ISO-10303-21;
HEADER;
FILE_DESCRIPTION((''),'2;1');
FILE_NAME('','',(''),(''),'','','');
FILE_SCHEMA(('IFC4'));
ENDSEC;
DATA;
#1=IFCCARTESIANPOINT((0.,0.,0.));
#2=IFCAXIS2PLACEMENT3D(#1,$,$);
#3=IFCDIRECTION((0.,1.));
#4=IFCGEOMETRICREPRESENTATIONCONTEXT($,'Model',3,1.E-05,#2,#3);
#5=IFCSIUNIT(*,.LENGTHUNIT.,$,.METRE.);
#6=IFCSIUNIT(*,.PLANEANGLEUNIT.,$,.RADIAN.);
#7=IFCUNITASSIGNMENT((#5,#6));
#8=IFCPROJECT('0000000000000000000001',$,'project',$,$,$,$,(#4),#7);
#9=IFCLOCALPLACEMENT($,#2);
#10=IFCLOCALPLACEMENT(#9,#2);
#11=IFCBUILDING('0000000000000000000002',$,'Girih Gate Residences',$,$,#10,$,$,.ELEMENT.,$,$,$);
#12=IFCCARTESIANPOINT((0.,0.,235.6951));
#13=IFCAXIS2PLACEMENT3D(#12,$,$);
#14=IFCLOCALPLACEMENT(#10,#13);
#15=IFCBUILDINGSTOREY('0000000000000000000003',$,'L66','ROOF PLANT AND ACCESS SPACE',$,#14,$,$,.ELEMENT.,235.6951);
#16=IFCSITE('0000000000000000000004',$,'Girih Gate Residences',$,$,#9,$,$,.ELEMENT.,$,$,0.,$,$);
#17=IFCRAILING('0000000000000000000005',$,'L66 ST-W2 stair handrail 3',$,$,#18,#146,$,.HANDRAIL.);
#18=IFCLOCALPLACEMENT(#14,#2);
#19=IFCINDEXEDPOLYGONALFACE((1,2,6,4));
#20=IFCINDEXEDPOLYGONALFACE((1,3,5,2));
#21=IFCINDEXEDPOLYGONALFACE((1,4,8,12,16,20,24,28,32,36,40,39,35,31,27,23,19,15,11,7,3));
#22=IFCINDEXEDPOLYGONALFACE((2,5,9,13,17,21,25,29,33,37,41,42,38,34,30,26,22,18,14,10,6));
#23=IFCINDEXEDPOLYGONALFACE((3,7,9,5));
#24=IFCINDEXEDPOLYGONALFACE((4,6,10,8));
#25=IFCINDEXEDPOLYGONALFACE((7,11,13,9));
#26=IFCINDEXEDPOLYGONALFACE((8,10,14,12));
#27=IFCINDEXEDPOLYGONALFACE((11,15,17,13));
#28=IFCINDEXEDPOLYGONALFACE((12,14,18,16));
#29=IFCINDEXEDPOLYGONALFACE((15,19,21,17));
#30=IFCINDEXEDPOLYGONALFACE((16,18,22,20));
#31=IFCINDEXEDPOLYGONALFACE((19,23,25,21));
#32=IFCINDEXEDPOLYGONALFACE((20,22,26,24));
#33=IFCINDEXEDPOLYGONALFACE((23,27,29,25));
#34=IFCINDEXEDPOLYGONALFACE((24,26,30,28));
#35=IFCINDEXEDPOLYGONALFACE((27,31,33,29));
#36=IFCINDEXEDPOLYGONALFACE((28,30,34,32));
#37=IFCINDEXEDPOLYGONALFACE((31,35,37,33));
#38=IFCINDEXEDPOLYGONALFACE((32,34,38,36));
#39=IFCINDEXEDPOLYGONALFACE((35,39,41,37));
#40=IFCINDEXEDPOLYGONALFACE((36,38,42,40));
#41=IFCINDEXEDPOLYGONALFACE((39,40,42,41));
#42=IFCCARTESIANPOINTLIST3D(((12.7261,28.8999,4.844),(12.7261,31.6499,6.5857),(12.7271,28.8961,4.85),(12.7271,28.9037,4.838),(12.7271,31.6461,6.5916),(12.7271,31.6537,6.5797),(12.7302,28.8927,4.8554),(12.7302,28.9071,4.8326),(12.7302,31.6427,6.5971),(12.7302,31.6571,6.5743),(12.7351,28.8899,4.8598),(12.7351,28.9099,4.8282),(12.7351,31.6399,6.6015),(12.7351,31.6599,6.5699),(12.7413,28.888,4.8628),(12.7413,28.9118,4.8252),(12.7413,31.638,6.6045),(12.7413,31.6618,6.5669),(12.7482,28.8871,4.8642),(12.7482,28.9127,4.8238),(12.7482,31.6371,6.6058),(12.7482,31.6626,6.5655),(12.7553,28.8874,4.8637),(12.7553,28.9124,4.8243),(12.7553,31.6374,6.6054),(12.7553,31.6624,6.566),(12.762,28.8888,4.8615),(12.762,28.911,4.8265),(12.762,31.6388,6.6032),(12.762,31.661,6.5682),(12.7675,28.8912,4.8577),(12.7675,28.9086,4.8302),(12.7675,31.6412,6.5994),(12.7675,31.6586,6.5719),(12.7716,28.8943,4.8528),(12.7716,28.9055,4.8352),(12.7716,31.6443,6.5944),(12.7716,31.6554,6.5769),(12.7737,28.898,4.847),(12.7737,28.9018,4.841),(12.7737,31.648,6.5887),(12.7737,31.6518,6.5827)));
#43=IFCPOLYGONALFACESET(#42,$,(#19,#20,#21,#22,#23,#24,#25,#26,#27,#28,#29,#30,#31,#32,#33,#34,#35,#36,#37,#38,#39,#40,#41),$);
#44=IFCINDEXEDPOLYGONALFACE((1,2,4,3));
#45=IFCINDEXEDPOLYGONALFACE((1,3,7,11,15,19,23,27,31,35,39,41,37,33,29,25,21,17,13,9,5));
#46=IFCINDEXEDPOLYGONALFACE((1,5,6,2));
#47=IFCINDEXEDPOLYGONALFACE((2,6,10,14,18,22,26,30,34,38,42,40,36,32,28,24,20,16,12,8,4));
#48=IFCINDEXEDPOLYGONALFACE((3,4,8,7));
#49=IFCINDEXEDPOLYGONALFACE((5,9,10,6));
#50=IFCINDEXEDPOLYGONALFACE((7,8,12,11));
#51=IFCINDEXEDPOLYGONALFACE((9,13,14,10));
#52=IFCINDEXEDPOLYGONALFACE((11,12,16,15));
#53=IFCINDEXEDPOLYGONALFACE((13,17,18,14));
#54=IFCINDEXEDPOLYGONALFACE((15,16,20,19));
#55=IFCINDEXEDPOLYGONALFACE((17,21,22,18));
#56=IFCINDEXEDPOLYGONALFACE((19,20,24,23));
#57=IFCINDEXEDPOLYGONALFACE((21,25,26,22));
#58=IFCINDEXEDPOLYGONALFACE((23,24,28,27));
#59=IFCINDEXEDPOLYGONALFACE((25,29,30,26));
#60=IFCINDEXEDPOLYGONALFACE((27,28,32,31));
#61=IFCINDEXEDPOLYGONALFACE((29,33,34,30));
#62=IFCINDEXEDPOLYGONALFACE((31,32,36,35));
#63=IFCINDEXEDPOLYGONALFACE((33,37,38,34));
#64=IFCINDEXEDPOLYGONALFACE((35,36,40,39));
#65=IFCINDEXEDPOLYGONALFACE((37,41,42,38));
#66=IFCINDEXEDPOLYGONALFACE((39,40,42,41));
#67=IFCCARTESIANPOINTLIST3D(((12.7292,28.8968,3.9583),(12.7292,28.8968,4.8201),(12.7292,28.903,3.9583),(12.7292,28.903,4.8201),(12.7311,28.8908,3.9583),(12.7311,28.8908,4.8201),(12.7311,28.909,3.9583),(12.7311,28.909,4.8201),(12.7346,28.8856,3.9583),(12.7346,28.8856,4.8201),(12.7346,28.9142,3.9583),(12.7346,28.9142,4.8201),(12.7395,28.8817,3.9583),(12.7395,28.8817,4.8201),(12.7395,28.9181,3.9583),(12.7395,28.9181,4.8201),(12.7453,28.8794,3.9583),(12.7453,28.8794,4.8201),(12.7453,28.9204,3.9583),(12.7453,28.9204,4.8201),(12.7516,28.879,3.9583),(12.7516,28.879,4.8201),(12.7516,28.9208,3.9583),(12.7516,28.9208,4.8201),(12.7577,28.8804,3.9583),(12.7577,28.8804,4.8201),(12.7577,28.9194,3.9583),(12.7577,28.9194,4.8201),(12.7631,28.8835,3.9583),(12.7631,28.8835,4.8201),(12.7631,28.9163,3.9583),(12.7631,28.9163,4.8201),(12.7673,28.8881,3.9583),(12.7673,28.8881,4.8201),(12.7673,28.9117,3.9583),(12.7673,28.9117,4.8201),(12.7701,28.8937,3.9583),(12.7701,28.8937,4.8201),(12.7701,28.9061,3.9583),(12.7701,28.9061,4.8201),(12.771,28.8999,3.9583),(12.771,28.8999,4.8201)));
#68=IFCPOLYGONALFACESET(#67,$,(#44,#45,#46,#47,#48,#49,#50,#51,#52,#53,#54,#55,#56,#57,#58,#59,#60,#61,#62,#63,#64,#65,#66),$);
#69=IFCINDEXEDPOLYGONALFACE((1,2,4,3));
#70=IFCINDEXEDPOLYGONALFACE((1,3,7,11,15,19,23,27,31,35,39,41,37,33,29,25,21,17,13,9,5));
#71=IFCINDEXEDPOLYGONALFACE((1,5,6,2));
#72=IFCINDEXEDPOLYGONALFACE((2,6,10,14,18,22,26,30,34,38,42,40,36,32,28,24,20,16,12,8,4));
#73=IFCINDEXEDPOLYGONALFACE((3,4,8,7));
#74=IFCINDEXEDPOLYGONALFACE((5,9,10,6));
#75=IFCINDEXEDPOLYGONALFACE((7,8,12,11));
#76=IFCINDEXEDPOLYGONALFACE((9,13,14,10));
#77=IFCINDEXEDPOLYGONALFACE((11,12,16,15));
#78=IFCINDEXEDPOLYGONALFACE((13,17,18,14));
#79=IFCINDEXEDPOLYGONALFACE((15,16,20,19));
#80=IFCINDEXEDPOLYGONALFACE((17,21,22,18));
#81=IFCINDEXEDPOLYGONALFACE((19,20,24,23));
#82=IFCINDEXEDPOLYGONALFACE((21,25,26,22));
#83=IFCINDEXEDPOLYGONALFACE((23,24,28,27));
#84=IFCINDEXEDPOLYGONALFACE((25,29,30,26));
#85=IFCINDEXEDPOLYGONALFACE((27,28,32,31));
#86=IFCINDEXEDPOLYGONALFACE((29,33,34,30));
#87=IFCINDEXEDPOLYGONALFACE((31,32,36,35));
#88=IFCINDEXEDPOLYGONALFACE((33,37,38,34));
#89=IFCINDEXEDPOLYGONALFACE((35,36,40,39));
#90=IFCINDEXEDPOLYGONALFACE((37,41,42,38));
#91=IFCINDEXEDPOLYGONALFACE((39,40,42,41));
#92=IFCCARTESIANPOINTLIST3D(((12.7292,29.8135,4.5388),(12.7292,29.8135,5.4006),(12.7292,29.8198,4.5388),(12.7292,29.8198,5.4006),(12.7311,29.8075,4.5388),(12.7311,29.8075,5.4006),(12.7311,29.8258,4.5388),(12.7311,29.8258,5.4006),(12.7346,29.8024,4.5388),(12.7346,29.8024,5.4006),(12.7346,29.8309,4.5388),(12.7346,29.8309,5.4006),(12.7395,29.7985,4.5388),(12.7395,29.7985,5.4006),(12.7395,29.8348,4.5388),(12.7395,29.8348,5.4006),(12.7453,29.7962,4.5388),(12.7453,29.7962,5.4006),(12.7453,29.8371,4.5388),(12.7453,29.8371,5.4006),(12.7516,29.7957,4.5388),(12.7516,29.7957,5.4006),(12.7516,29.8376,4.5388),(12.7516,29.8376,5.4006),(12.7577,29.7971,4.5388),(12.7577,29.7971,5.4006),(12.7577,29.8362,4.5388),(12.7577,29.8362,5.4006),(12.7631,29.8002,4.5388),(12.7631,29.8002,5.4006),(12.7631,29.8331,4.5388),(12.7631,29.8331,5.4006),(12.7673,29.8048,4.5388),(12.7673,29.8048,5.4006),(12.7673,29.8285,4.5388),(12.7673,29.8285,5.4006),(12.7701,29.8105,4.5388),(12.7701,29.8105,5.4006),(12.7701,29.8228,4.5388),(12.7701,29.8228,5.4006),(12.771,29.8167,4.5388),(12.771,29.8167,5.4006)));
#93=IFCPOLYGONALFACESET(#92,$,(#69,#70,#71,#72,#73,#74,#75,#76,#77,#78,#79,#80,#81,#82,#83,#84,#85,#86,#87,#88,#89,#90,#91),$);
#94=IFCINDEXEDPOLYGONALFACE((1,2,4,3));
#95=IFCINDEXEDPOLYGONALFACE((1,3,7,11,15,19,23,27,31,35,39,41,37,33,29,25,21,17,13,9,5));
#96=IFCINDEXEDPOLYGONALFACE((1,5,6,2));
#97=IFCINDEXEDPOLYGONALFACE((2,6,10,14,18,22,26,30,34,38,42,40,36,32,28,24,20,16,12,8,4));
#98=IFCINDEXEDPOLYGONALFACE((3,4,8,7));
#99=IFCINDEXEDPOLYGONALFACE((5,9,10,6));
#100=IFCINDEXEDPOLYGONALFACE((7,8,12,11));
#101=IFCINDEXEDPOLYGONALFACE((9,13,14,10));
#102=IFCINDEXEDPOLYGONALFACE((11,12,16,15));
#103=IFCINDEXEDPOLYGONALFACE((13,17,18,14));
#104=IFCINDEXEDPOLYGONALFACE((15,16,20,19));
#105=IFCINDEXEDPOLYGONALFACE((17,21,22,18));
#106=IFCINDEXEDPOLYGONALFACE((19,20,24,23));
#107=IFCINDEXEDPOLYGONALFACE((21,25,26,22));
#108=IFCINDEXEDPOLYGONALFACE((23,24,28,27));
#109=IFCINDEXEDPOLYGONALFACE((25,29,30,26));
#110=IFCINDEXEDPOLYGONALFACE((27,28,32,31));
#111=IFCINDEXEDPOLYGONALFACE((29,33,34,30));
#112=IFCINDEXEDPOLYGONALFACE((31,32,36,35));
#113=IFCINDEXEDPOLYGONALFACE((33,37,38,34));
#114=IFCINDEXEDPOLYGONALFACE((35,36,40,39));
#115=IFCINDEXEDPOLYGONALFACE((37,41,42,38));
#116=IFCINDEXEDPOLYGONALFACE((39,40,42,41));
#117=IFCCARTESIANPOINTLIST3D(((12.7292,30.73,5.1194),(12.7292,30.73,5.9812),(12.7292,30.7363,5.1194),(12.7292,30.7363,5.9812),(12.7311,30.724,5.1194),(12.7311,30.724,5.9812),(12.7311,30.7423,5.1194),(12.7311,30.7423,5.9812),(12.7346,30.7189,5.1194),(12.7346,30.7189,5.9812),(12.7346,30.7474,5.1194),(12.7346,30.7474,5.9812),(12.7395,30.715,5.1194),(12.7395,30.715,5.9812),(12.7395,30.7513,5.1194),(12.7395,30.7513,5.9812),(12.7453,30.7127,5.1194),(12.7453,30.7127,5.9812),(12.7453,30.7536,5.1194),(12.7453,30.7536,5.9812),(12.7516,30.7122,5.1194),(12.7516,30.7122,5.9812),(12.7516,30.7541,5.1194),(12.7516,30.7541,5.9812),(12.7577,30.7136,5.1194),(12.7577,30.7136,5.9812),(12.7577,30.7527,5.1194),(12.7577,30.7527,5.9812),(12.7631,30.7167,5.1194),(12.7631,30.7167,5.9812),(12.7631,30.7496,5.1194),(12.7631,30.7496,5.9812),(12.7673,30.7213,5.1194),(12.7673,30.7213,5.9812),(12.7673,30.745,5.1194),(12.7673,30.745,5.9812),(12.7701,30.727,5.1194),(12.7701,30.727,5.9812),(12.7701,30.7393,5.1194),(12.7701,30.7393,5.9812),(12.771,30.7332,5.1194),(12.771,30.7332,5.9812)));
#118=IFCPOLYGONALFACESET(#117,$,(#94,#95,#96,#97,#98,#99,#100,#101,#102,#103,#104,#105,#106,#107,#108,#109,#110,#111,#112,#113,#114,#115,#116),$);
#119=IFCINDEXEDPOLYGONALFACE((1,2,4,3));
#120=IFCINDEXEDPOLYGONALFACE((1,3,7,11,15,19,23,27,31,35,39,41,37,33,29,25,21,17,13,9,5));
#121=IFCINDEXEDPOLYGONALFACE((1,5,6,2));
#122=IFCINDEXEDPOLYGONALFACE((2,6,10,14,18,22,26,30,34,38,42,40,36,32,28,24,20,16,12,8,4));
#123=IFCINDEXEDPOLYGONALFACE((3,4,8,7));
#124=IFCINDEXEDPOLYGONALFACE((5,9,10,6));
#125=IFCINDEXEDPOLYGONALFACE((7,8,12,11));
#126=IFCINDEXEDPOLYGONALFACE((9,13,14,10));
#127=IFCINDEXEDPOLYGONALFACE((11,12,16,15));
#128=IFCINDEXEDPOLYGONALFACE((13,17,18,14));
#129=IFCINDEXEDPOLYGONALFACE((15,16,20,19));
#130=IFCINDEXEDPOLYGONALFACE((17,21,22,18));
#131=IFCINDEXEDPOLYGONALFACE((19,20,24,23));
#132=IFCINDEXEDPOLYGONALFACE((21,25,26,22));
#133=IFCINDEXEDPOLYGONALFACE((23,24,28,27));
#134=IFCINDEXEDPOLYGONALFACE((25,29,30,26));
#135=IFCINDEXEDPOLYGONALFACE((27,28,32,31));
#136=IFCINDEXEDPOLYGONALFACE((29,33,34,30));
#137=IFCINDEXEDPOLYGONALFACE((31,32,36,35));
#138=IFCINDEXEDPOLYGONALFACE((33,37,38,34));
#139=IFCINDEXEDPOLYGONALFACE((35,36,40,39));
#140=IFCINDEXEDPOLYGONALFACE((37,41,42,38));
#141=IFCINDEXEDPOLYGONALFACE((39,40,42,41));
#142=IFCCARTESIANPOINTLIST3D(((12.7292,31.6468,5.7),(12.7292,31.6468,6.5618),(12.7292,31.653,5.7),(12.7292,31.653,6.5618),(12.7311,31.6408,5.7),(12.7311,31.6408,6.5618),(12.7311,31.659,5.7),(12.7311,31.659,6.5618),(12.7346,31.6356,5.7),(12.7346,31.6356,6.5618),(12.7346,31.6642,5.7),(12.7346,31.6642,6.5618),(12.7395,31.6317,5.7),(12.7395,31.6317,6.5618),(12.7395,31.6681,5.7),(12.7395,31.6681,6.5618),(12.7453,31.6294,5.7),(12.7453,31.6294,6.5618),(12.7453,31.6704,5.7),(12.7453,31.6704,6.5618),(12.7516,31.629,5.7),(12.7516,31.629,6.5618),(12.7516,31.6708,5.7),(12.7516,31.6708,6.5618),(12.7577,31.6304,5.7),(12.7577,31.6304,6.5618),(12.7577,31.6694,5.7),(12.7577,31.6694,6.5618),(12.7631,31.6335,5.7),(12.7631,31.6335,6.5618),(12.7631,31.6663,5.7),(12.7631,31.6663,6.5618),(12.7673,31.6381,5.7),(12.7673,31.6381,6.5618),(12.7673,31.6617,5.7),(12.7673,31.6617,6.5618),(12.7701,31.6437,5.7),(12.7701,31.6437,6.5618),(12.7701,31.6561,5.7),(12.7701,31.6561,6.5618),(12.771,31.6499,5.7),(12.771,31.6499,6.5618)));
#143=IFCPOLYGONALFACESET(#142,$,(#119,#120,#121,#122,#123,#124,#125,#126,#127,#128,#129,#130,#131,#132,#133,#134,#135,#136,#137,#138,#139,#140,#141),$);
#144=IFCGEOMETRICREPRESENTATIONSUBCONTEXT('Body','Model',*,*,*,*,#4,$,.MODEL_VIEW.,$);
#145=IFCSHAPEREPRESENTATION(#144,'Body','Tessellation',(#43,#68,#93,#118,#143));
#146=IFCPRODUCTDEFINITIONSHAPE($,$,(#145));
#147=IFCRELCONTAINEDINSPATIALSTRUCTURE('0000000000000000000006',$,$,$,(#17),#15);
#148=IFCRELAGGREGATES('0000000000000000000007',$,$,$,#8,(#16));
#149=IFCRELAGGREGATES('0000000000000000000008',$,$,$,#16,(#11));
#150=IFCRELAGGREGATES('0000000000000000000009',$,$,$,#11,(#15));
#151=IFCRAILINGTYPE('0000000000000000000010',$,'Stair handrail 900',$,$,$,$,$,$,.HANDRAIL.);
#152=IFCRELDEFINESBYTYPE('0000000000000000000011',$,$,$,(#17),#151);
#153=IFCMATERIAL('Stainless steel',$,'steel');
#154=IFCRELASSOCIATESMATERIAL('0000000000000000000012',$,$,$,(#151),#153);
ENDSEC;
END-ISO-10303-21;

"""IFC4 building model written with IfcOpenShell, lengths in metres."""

from ifc_helpers import new_model, si_unit, direction, frame, origin, origin_2d, place, context, subcontext, project, spatial, circle, extrude, material, type_object, element, save


model = new_model("IFC4")

# Units and contexts
model_context = context("Model", 3, precision=1e-05, world=origin(), true_north=direction((0.0, 1.0)))
body_context = subcontext(model_context, "Body", "Model", "MODEL_VIEW")
ifc_project = project(units=[si_unit("LENGTHUNIT", "METRE"), si_unit("PLANEANGLEUNIT", "RADIAN")], contexts=[model_context])

# Site, building, storey
site_placement = place(None, origin())
site = spatial("IfcSite", under=ifc_project, at=site_placement, Name="Girih Gate Residences", CompositionType="ELEMENT", RefElevation=0.0)
building_placement = place(site_placement, origin())
building = spatial("IfcBuilding", under=site, at=building_placement, Name="Girih Gate Residences", CompositionType="ELEMENT")
storey_placement = place(building_placement, frame((0.0, 0.0, 235.6951)))
storey = spatial("IfcBuildingStorey", under=building, at=storey_placement, Name="L66", Description="ROOF PLANT AND ACCESS SPACE", CompositionType="ELEMENT", Elevation=235.6951)

# Railing
ifc_material_1 = material(Name="Stainless steel", Category="steel")
railing_type_1 = type_object("IfcRailingType", Name="Stair handrail 900", PredefinedType="HANDRAIL", material=ifc_material_1)
railing_1_placement = place(storey_placement, frame((12.75, 28.8999, 3.9583)))
element("IfcRailing", 1, at=railing_1_placement, inside=storey, type_object=railing_type_1, Name="L66 ST-W2 stair handrail 3", PredefinedType="HANDRAIL", context=body_context, shape_type="SweptSolid", body=[
    extrude(circle(Radius=0.0239, at=origin_2d()), frame((0.0, 0.0, 0.8857), z_axis=(0.0, 0.844815, 0.535059), x_axis=(-1.0, 0.0, 0.0)), (0.0, 0.0, 1.0), 3.2551),
    extrude(circle(Radius=0.021, at=origin_2d()), origin(), (0.0, 0.0, 1.0), 0.8618),
    extrude(circle(Radius=0.021, at=origin_2d()), frame((0.0, 0.9167, 0.5806)), (0.0, 0.0, 1.0), 0.8618),
    extrude(circle(Radius=0.021, at=origin_2d()), frame((0.0, 1.8333, 1.1611)), (0.0, 0.0, 1.0), 0.8618),
    extrude(circle(Radius=0.021, at=origin_2d()), frame((0.0, 2.75, 1.7417)), (0.0, 0.0, 1.0), 0.8618),
])

save(model, "model.ifc")
